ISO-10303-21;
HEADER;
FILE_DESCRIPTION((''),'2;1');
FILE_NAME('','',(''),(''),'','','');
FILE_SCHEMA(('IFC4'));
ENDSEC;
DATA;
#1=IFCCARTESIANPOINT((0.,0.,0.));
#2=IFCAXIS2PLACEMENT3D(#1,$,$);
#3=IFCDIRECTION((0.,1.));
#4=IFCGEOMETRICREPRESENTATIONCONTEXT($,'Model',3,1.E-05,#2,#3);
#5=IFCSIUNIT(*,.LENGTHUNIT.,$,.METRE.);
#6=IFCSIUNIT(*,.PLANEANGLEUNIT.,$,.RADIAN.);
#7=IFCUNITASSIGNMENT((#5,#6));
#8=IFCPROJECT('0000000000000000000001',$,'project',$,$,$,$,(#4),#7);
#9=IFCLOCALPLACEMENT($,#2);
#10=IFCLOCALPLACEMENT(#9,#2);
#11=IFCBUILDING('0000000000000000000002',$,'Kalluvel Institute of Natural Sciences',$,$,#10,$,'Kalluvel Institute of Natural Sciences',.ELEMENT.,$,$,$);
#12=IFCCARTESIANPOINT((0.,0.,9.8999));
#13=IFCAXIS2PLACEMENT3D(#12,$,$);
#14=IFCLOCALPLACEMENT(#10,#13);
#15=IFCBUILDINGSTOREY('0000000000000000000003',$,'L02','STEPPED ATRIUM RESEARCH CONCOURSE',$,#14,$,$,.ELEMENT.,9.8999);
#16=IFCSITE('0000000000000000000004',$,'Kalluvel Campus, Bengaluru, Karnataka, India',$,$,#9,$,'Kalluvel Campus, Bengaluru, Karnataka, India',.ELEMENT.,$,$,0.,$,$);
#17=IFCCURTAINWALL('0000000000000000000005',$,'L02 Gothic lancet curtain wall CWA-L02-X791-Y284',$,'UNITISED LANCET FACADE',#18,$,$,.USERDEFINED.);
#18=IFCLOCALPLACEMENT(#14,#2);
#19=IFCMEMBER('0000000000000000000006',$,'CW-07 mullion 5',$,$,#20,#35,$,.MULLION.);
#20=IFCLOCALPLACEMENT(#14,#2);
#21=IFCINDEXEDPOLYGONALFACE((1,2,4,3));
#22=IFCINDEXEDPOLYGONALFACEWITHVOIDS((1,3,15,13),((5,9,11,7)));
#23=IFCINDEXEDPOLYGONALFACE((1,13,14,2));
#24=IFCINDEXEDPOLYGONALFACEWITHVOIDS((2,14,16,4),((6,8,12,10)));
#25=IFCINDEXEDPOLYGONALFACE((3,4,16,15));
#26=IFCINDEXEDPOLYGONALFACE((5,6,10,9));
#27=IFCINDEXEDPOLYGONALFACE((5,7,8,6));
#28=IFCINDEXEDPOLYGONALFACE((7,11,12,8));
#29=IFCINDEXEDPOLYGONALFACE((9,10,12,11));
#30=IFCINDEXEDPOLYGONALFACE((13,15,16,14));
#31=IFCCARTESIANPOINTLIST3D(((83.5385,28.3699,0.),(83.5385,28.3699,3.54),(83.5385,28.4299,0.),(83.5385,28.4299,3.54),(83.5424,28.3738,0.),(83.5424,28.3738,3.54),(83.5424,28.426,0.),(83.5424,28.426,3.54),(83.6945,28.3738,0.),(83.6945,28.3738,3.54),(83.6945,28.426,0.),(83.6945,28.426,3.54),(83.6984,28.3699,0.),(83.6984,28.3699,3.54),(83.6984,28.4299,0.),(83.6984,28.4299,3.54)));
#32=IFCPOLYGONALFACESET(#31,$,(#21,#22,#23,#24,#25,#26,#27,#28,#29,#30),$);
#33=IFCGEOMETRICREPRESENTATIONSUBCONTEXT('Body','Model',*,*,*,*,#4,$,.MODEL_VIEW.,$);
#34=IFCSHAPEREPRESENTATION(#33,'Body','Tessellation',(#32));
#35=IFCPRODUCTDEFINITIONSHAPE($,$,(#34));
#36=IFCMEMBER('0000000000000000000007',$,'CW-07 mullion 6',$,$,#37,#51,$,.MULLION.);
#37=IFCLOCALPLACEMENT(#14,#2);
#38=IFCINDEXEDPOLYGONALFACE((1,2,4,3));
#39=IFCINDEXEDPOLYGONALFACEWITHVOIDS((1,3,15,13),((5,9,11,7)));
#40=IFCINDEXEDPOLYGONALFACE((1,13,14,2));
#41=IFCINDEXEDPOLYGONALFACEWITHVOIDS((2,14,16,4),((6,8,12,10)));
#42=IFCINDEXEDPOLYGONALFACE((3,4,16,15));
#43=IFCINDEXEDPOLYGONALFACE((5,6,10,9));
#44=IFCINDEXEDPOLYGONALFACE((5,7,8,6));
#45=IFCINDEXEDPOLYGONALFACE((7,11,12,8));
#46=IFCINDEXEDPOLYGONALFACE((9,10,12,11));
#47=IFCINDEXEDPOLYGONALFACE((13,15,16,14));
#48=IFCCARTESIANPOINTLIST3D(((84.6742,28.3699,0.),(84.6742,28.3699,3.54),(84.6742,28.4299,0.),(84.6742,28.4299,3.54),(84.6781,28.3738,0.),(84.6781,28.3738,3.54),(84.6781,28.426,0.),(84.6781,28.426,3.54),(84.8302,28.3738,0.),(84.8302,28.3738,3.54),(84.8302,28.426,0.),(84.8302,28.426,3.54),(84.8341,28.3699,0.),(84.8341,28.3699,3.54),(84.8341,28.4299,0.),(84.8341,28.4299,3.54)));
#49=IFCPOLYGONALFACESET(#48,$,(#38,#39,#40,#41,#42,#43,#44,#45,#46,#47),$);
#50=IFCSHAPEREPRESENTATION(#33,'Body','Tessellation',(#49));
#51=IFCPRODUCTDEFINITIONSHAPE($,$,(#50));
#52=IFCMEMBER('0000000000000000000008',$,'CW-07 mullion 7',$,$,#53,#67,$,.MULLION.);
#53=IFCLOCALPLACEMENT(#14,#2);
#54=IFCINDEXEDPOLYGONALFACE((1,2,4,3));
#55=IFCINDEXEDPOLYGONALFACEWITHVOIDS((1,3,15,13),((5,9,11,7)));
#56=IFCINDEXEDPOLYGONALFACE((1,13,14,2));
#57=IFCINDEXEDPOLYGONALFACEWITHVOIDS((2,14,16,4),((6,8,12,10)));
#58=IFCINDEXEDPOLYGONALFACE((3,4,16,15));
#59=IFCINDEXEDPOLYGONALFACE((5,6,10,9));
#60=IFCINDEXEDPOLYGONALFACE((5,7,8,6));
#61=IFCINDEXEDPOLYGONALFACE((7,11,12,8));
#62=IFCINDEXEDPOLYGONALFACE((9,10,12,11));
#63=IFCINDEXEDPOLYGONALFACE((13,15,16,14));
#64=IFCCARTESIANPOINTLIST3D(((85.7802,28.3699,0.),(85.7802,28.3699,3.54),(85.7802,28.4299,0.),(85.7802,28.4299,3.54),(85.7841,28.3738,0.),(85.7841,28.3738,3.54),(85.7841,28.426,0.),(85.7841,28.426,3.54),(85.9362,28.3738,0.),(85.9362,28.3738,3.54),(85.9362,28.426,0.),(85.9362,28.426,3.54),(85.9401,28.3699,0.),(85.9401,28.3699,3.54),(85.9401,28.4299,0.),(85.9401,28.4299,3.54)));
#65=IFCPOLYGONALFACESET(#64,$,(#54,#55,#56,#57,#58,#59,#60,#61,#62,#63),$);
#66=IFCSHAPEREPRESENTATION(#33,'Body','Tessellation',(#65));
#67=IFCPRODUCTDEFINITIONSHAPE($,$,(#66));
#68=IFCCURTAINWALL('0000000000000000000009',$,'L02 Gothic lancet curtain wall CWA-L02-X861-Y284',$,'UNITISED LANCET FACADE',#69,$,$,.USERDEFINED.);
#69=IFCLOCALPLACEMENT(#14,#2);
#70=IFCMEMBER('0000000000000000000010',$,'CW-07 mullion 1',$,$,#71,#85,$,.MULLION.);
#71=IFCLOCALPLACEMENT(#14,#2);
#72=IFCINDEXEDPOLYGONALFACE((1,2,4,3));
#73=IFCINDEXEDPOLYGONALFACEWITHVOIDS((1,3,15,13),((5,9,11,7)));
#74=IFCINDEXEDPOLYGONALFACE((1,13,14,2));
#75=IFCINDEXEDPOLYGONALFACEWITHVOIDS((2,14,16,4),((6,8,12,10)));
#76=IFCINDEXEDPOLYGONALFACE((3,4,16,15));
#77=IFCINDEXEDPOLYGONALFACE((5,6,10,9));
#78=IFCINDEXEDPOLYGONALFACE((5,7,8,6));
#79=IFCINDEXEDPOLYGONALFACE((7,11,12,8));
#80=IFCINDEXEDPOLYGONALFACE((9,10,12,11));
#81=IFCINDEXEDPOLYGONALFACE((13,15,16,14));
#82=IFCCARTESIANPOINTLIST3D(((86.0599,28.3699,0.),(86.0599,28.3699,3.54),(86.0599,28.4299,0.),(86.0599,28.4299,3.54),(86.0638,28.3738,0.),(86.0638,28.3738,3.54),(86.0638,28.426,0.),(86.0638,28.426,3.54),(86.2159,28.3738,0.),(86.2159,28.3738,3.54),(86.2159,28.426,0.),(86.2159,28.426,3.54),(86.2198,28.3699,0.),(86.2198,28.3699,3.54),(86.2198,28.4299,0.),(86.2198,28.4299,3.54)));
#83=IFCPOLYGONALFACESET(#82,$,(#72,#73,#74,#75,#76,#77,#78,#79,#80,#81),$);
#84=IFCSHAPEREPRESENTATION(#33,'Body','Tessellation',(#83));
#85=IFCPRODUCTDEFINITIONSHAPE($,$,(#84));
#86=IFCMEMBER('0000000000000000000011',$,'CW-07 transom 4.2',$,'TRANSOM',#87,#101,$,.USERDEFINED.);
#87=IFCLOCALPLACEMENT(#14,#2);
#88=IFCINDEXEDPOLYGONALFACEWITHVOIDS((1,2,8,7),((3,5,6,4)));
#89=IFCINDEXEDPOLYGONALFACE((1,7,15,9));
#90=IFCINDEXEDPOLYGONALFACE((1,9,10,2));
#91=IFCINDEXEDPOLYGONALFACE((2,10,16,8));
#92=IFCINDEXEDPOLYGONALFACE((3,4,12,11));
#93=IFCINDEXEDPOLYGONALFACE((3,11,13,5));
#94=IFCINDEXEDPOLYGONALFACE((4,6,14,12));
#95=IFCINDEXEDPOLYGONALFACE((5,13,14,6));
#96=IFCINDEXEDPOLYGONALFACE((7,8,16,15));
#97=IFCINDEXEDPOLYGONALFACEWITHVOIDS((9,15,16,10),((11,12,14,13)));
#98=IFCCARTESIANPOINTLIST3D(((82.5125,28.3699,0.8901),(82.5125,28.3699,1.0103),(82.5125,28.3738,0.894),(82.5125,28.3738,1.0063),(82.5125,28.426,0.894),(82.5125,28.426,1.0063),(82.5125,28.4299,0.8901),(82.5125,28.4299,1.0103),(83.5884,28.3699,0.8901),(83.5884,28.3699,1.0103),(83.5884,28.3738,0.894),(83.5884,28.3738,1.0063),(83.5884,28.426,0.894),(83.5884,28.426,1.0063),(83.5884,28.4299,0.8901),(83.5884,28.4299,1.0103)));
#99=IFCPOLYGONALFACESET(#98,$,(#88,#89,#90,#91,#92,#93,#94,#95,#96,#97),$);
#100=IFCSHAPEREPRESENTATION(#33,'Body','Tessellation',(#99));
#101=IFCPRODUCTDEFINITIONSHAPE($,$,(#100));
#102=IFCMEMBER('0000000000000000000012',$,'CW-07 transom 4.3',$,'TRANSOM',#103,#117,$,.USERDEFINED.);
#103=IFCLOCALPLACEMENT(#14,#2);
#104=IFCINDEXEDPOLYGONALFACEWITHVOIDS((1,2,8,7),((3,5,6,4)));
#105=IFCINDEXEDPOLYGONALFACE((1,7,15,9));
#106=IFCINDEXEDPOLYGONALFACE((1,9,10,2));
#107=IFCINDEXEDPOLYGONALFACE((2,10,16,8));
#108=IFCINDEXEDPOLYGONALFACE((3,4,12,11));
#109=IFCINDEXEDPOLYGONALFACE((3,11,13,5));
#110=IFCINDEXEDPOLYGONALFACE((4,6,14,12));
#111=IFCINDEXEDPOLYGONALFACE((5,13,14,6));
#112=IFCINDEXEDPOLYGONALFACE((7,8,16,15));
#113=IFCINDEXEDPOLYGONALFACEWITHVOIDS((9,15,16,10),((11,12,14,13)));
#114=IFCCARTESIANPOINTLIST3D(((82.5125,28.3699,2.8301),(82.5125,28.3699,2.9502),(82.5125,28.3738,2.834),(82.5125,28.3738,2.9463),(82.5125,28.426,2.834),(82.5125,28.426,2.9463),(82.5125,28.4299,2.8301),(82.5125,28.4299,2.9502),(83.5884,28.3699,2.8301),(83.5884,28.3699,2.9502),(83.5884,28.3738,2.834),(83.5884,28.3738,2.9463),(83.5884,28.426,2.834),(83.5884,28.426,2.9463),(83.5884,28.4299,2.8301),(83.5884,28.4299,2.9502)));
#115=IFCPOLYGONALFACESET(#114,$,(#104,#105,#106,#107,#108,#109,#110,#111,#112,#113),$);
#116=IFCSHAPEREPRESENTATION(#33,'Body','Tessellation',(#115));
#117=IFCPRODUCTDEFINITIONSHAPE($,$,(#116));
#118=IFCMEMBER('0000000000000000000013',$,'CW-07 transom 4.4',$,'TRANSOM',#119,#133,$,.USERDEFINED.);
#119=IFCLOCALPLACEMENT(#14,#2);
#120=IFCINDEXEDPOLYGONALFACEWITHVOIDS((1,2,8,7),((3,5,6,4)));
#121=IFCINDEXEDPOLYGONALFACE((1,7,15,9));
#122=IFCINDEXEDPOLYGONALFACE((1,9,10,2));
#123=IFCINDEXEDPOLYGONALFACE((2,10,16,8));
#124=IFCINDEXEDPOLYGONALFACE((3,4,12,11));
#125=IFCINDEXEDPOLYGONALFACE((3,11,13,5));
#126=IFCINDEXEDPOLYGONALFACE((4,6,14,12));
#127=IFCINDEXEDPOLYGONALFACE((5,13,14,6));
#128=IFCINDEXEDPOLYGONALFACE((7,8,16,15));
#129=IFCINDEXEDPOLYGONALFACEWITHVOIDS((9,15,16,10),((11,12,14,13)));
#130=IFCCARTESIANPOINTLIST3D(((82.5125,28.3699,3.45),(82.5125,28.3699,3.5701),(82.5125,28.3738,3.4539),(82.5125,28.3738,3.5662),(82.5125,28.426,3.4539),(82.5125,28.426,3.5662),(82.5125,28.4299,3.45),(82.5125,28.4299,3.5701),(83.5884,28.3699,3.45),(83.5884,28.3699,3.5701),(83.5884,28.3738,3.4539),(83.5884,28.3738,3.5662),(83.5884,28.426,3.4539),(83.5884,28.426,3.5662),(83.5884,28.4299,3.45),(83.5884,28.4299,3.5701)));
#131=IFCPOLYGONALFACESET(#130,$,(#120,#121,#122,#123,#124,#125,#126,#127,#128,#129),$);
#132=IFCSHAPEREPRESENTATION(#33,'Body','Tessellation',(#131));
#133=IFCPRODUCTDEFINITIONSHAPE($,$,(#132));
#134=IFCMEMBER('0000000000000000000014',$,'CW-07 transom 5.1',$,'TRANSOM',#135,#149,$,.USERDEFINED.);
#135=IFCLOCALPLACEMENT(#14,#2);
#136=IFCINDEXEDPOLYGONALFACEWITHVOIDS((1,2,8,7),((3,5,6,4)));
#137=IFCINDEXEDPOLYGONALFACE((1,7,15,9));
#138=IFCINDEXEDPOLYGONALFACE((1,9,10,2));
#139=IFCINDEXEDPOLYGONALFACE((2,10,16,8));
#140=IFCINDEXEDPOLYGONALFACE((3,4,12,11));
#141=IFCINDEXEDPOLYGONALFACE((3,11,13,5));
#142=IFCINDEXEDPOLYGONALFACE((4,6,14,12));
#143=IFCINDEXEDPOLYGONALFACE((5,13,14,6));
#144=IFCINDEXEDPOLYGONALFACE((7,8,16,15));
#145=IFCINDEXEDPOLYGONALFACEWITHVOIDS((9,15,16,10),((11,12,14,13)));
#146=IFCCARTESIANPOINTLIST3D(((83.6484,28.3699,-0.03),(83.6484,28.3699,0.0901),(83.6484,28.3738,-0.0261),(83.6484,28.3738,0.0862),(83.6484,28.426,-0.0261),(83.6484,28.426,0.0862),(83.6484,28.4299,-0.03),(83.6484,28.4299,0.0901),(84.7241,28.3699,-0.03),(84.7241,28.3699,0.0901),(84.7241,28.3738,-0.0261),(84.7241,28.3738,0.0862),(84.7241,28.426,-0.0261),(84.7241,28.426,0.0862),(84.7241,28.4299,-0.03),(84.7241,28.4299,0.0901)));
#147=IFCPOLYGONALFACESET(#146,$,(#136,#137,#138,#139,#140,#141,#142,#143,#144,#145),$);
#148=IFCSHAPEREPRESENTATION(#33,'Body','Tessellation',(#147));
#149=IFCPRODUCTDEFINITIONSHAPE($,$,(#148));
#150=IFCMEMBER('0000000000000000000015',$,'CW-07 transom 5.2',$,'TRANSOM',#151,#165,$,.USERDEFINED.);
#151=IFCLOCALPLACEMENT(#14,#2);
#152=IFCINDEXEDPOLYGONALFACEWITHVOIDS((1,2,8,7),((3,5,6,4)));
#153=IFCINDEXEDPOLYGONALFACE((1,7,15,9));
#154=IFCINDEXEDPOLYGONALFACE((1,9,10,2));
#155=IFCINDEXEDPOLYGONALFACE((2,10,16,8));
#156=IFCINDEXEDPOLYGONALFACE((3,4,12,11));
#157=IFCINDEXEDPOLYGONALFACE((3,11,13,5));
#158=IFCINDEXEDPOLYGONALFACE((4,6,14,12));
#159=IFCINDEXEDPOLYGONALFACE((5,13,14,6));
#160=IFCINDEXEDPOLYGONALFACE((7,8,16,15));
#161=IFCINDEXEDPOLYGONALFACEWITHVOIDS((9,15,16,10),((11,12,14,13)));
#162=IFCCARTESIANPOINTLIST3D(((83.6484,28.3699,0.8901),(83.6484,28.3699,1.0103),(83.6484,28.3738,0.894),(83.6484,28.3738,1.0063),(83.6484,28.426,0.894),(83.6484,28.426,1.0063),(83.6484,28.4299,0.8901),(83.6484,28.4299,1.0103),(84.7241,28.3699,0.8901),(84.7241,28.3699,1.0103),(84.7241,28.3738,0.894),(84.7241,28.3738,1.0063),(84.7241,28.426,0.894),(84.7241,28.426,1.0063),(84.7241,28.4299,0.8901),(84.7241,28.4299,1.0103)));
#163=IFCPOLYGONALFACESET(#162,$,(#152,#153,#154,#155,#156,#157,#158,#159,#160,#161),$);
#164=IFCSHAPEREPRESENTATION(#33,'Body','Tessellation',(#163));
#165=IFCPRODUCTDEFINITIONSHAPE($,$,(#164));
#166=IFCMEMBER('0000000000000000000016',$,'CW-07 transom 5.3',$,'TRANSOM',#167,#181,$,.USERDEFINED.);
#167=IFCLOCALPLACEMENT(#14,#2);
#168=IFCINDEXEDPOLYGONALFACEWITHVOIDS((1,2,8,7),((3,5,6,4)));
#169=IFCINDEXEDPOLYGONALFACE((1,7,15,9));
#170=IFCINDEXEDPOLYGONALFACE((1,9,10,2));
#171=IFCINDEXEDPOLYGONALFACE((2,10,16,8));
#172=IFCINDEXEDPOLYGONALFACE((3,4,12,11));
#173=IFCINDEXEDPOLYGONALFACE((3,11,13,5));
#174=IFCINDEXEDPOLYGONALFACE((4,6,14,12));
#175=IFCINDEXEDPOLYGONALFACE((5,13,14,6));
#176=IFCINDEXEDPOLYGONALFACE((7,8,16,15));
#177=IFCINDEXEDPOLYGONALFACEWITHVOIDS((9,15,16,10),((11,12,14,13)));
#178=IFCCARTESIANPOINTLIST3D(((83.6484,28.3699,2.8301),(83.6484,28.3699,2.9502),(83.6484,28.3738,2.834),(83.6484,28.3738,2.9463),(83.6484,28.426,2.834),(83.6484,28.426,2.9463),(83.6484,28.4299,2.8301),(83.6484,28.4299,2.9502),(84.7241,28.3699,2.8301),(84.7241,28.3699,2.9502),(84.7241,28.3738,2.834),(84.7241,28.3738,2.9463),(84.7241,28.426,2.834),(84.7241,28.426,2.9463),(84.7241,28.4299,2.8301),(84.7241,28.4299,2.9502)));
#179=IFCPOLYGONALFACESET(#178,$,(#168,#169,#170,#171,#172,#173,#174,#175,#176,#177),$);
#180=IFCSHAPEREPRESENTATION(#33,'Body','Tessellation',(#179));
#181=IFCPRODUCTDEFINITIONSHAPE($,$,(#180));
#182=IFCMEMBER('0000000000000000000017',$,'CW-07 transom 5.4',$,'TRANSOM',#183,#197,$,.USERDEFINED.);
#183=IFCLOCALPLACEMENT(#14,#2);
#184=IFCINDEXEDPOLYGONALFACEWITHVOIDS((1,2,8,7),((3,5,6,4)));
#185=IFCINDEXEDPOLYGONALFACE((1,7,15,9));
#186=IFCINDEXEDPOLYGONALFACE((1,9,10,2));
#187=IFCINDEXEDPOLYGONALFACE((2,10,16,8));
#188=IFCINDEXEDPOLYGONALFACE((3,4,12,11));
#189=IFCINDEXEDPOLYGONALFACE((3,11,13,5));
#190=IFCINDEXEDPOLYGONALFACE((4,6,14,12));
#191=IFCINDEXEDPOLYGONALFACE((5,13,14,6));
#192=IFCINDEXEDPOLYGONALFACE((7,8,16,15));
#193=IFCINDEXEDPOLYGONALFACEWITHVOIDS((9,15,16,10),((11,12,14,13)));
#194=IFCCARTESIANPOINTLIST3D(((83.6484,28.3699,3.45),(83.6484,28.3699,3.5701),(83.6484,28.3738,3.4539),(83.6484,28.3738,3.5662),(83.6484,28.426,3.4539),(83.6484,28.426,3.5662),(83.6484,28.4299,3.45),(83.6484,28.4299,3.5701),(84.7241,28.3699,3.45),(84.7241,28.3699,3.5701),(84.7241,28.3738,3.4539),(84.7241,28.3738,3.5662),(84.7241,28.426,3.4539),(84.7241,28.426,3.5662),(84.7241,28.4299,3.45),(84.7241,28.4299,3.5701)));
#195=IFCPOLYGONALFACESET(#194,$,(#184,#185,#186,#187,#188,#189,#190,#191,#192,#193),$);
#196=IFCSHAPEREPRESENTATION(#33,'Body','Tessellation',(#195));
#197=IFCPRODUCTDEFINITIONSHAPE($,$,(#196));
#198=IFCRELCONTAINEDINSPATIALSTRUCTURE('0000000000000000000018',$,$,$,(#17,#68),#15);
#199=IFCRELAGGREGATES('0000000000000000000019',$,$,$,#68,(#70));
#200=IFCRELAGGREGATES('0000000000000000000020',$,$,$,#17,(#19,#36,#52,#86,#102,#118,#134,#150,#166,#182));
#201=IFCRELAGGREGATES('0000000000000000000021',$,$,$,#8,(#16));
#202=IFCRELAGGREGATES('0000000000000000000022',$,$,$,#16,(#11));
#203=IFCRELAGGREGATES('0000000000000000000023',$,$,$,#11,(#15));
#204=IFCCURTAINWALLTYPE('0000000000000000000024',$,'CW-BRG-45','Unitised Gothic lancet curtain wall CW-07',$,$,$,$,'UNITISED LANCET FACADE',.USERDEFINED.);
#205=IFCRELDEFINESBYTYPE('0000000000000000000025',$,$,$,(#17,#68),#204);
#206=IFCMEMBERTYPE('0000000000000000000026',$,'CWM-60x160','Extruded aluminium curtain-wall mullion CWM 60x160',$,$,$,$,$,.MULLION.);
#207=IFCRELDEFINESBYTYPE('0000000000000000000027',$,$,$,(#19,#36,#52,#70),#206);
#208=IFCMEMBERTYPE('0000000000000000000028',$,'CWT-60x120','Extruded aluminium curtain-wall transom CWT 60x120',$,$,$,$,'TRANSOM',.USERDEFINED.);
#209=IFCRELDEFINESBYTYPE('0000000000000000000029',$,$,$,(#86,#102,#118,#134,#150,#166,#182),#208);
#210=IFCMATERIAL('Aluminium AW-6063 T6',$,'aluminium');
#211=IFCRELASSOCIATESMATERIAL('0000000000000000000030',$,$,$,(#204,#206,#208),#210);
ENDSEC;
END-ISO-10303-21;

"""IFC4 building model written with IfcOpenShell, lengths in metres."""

from ifc_helpers import new_model, si_unit, direction, frame, origin, origin_2d, place, context, subcontext, project, spatial, hollow_rectangle, extrude, material, material_profile, profile_set, type_object, element, aggregate, save


model = new_model("IFC4")

# Units and contexts
model_context = context("Model", 3, precision=1e-05, world=origin(), true_north=direction((0.0, 1.0)))
body_context = subcontext(model_context, "Body", "Model", "MODEL_VIEW")
ifc_project = project(units=[si_unit("LENGTHUNIT", "METRE"), si_unit("PLANEANGLEUNIT", "RADIAN")], contexts=[model_context])

# Site, building, storey
site_placement = place(None, origin())
site = spatial("IfcSite", under=ifc_project, at=site_placement, Name="Kalluvel Campus, Bengaluru, Karnataka, India", LongName="Kalluvel Campus, Bengaluru, Karnataka, India", CompositionType="ELEMENT", RefElevation=0.0)
building_placement = place(site_placement, origin())
building = spatial("IfcBuilding", under=site, at=building_placement, Name="Kalluvel Institute of Natural Sciences", LongName="Kalluvel Institute of Natural Sciences", CompositionType="ELEMENT")
storey_placement = place(building_placement, frame((0.0, 0.0, 9.8999)))
storey = spatial("IfcBuildingStorey", under=building, at=storey_placement, Name="L02", Description="STEPPED ATRIUM RESEARCH CONCOURSE", CompositionType="ELEMENT", Elevation=9.8999)

# Curtain wall, members
ifc_material_1 = material(Name="Aluminium AW-6063 T6", Category="aluminium")
curtain_wall_type = type_object("IfcCurtainWallType", Name="CW-BRG-45", Description="Unitised Gothic lancet curtain wall CW-07", ElementType="UNITISED LANCET FACADE", PredefinedType="USERDEFINED", material=ifc_material_1)
curtain_wall_1_placement = place(storey_placement, origin())
curtain_wall_1 = element("IfcCurtainWall", 1, at=curtain_wall_1_placement, inside=storey, type_object=curtain_wall_type, Name="L02 Gothic lancet curtain wall CWA-L02-X791-Y284", ObjectType="UNITISED LANCET FACADE", PredefinedType="USERDEFINED")
ifc_material_profile_1 = material_profile(ifc_material_1, hollow_rectangle(XDim=0.0601, YDim=0.1599, WallThickness=0.0039, at=origin_2d()), Name="CWM 60x160")
ifc_profile_set_1 = profile_set([ifc_material_profile_1], Name="Aluminium AW-6063 T6")
member_type_1 = type_object("IfcMemberType", Name="CWM-60x160", Description="Extruded aluminium curtain-wall mullion CWM 60x160", PredefinedType="MULLION", material=ifc_profile_set_1)
member_1_placement = place(storey_placement, frame((83.6184, 28.3999, 0.0), z_axis=(0.0, 0.0, 1.0), x_axis=(0.0, 1.0, 0.0)))
member_1 = element("IfcMember", 2, at=member_1_placement, type_object=member_type_1, Name="CW-07 mullion 5", PredefinedType="MULLION", context=body_context, shape_type="SweptSolid", body=[
    extrude(hollow_rectangle(XDim=0.0601, YDim=0.1599, WallThickness=0.0039, at=origin_2d()), origin(), (0.0, 0.0, 1.0), 3.54),
])
member_2_placement = place(storey_placement, frame((84.7542, 28.3999, 0.0), z_axis=(0.0, 0.0, 1.0), x_axis=(0.0, 1.0, 0.0)))
member_2 = element("IfcMember", 3, at=member_2_placement, type_object=member_type_1, Name="CW-07 mullion 6", PredefinedType="MULLION", context=body_context, shape_type="SweptSolid", body=[
    extrude(hollow_rectangle(XDim=0.0601, YDim=0.1599, WallThickness=0.0039, at=origin_2d()), origin(), (0.0, 0.0, 1.0), 3.54),
])
member_3_placement = place(storey_placement, frame((85.8601, 28.3999, 0.0), z_axis=(0.0, 0.0, 1.0), x_axis=(0.0, 1.0, 0.0)))
member_3 = element("IfcMember", 4, at=member_3_placement, type_object=member_type_1, Name="CW-07 mullion 7", PredefinedType="MULLION", context=body_context, shape_type="SweptSolid", body=[
    extrude(hollow_rectangle(XDim=0.0601, YDim=0.1599, WallThickness=0.0039, at=origin_2d()), origin(), (0.0, 0.0, 1.0), 3.54),
])

# Curtain wall, member
curtain_wall_2_placement = place(storey_placement, origin())
curtain_wall_2 = element("IfcCurtainWall", 5, at=curtain_wall_2_placement, inside=storey, type_object=curtain_wall_type, Name="L02 Gothic lancet curtain wall CWA-L02-X861-Y284", ObjectType="UNITISED LANCET FACADE", PredefinedType="USERDEFINED")
member_4_placement = place(storey_placement, frame((86.1399, 28.3999, 0.0), z_axis=(0.0, 0.0, 1.0), x_axis=(0.0, 1.0, 0.0)))
member_4 = element("IfcMember", 6, at=member_4_placement, type_object=member_type_1, Name="CW-07 mullion 1", PredefinedType="MULLION", context=body_context, shape_type="SweptSolid", body=[
    extrude(hollow_rectangle(XDim=0.0601, YDim=0.1599, WallThickness=0.0039, at=origin_2d()), origin(), (0.0, 0.0, 1.0), 3.54),
])

# Members
ifc_material_profile_2 = material_profile(ifc_material_1, hollow_rectangle(XDim=0.0601, YDim=0.1201, WallThickness=0.0039, at=origin_2d()), Name="CWT 60x120")
ifc_profile_set_2 = profile_set([ifc_material_profile_2], Name="Aluminium AW-6063 T6")
member_type_2 = type_object("IfcMemberType", Name="CWT-60x120", Description="Extruded aluminium curtain-wall transom CWT 60x120", ElementType="TRANSOM", PredefinedType="USERDEFINED", material=ifc_profile_set_2)
member_5_placement = place(storey_placement, frame((82.5125, 28.3999, 0.9502), z_axis=(1.0, 0.0, 0.0), x_axis=(0.0, 1.0, 0.0)))
member_5 = element("IfcMember", 7, at=member_5_placement, type_object=member_type_2, Name="CW-07 transom 4.2", ObjectType="TRANSOM", PredefinedType="USERDEFINED", context=body_context, shape_type="SweptSolid", body=[
    extrude(hollow_rectangle(XDim=0.0601, YDim=0.1201, WallThickness=0.0039, at=origin_2d()), origin(), (0.0, 0.0, 1.0), 1.0759),
])
member_6_placement = place(storey_placement, frame((82.5125, 28.3999, 2.8901), z_axis=(1.0, 0.0, 0.0), x_axis=(0.0, 1.0, 0.0)))
member_6 = element("IfcMember", 8, at=member_6_placement, type_object=member_type_2, Name="CW-07 transom 4.3", ObjectType="TRANSOM", PredefinedType="USERDEFINED", context=body_context, shape_type="SweptSolid", body=[
    extrude(hollow_rectangle(XDim=0.0601, YDim=0.1201, WallThickness=0.0039, at=origin_2d()), origin(), (0.0, 0.0, 1.0), 1.0759),
])
member_7_placement = place(storey_placement, frame((82.5125, 28.3999, 3.51), z_axis=(1.0, 0.0, 0.0), x_axis=(0.0, 1.0, 0.0)))
member_7 = element("IfcMember", 9, at=member_7_placement, type_object=member_type_2, Name="CW-07 transom 4.4", ObjectType="TRANSOM", PredefinedType="USERDEFINED", context=body_context, shape_type="SweptSolid", body=[
    extrude(hollow_rectangle(XDim=0.0601, YDim=0.1201, WallThickness=0.0039, at=origin_2d()), origin(), (0.0, 0.0, 1.0), 1.0759),
])
member_8_placement = place(storey_placement, frame((83.6484, 28.3999, 0.03), z_axis=(1.0, 0.0, 0.0), x_axis=(0.0, 1.0, 0.0)))
member_8 = element("IfcMember", 10, at=member_8_placement, type_object=member_type_2, Name="CW-07 transom 5.1", ObjectType="TRANSOM", PredefinedType="USERDEFINED", context=body_context, shape_type="SweptSolid", body=[
    extrude(hollow_rectangle(XDim=0.0601, YDim=0.1201, WallThickness=0.0039, at=origin_2d()), origin(), (0.0, 0.0, 1.0), 1.0757),
])
member_9_placement = place(storey_placement, frame((83.6484, 28.3999, 0.9502), z_axis=(1.0, 0.0, 0.0), x_axis=(0.0, 1.0, 0.0)))
member_9 = element("IfcMember", 11, at=member_9_placement, type_object=member_type_2, Name="CW-07 transom 5.2", ObjectType="TRANSOM", PredefinedType="USERDEFINED", context=body_context, shape_type="SweptSolid", body=[
    extrude(hollow_rectangle(XDim=0.0601, YDim=0.1201, WallThickness=0.0039, at=origin_2d()), origin(), (0.0, 0.0, 1.0), 1.0757),
])
member_10_placement = place(storey_placement, frame((83.6484, 28.3999, 2.8901), z_axis=(1.0, 0.0, 0.0), x_axis=(0.0, 1.0, 0.0)))
member_10 = element("IfcMember", 12, at=member_10_placement, type_object=member_type_2, Name="CW-07 transom 5.3", ObjectType="TRANSOM", PredefinedType="USERDEFINED", context=body_context, shape_type="SweptSolid", body=[
    extrude(hollow_rectangle(XDim=0.0601, YDim=0.1201, WallThickness=0.0039, at=origin_2d()), origin(), (0.0, 0.0, 1.0), 1.0757),
])
member_11_placement = place(storey_placement, frame((83.6484, 28.3999, 3.51), z_axis=(1.0, 0.0, 0.0), x_axis=(0.0, 1.0, 0.0)))
member_11 = element("IfcMember", 13, at=member_11_placement, type_object=member_type_2, Name="CW-07 transom 5.4", ObjectType="TRANSOM", PredefinedType="USERDEFINED", context=body_context, shape_type="SweptSolid", body=[
    extrude(hollow_rectangle(XDim=0.0601, YDim=0.1201, WallThickness=0.0039, at=origin_2d()), origin(), (0.0, 0.0, 1.0), 1.0757),
])
aggregate(curtain_wall_2, [member_4])

aggregate(curtain_wall_1, [member_1, member_2, member_3, member_5, member_6, member_7, member_8, member_9, member_10, member_11])

save(model, "model.ifc")
